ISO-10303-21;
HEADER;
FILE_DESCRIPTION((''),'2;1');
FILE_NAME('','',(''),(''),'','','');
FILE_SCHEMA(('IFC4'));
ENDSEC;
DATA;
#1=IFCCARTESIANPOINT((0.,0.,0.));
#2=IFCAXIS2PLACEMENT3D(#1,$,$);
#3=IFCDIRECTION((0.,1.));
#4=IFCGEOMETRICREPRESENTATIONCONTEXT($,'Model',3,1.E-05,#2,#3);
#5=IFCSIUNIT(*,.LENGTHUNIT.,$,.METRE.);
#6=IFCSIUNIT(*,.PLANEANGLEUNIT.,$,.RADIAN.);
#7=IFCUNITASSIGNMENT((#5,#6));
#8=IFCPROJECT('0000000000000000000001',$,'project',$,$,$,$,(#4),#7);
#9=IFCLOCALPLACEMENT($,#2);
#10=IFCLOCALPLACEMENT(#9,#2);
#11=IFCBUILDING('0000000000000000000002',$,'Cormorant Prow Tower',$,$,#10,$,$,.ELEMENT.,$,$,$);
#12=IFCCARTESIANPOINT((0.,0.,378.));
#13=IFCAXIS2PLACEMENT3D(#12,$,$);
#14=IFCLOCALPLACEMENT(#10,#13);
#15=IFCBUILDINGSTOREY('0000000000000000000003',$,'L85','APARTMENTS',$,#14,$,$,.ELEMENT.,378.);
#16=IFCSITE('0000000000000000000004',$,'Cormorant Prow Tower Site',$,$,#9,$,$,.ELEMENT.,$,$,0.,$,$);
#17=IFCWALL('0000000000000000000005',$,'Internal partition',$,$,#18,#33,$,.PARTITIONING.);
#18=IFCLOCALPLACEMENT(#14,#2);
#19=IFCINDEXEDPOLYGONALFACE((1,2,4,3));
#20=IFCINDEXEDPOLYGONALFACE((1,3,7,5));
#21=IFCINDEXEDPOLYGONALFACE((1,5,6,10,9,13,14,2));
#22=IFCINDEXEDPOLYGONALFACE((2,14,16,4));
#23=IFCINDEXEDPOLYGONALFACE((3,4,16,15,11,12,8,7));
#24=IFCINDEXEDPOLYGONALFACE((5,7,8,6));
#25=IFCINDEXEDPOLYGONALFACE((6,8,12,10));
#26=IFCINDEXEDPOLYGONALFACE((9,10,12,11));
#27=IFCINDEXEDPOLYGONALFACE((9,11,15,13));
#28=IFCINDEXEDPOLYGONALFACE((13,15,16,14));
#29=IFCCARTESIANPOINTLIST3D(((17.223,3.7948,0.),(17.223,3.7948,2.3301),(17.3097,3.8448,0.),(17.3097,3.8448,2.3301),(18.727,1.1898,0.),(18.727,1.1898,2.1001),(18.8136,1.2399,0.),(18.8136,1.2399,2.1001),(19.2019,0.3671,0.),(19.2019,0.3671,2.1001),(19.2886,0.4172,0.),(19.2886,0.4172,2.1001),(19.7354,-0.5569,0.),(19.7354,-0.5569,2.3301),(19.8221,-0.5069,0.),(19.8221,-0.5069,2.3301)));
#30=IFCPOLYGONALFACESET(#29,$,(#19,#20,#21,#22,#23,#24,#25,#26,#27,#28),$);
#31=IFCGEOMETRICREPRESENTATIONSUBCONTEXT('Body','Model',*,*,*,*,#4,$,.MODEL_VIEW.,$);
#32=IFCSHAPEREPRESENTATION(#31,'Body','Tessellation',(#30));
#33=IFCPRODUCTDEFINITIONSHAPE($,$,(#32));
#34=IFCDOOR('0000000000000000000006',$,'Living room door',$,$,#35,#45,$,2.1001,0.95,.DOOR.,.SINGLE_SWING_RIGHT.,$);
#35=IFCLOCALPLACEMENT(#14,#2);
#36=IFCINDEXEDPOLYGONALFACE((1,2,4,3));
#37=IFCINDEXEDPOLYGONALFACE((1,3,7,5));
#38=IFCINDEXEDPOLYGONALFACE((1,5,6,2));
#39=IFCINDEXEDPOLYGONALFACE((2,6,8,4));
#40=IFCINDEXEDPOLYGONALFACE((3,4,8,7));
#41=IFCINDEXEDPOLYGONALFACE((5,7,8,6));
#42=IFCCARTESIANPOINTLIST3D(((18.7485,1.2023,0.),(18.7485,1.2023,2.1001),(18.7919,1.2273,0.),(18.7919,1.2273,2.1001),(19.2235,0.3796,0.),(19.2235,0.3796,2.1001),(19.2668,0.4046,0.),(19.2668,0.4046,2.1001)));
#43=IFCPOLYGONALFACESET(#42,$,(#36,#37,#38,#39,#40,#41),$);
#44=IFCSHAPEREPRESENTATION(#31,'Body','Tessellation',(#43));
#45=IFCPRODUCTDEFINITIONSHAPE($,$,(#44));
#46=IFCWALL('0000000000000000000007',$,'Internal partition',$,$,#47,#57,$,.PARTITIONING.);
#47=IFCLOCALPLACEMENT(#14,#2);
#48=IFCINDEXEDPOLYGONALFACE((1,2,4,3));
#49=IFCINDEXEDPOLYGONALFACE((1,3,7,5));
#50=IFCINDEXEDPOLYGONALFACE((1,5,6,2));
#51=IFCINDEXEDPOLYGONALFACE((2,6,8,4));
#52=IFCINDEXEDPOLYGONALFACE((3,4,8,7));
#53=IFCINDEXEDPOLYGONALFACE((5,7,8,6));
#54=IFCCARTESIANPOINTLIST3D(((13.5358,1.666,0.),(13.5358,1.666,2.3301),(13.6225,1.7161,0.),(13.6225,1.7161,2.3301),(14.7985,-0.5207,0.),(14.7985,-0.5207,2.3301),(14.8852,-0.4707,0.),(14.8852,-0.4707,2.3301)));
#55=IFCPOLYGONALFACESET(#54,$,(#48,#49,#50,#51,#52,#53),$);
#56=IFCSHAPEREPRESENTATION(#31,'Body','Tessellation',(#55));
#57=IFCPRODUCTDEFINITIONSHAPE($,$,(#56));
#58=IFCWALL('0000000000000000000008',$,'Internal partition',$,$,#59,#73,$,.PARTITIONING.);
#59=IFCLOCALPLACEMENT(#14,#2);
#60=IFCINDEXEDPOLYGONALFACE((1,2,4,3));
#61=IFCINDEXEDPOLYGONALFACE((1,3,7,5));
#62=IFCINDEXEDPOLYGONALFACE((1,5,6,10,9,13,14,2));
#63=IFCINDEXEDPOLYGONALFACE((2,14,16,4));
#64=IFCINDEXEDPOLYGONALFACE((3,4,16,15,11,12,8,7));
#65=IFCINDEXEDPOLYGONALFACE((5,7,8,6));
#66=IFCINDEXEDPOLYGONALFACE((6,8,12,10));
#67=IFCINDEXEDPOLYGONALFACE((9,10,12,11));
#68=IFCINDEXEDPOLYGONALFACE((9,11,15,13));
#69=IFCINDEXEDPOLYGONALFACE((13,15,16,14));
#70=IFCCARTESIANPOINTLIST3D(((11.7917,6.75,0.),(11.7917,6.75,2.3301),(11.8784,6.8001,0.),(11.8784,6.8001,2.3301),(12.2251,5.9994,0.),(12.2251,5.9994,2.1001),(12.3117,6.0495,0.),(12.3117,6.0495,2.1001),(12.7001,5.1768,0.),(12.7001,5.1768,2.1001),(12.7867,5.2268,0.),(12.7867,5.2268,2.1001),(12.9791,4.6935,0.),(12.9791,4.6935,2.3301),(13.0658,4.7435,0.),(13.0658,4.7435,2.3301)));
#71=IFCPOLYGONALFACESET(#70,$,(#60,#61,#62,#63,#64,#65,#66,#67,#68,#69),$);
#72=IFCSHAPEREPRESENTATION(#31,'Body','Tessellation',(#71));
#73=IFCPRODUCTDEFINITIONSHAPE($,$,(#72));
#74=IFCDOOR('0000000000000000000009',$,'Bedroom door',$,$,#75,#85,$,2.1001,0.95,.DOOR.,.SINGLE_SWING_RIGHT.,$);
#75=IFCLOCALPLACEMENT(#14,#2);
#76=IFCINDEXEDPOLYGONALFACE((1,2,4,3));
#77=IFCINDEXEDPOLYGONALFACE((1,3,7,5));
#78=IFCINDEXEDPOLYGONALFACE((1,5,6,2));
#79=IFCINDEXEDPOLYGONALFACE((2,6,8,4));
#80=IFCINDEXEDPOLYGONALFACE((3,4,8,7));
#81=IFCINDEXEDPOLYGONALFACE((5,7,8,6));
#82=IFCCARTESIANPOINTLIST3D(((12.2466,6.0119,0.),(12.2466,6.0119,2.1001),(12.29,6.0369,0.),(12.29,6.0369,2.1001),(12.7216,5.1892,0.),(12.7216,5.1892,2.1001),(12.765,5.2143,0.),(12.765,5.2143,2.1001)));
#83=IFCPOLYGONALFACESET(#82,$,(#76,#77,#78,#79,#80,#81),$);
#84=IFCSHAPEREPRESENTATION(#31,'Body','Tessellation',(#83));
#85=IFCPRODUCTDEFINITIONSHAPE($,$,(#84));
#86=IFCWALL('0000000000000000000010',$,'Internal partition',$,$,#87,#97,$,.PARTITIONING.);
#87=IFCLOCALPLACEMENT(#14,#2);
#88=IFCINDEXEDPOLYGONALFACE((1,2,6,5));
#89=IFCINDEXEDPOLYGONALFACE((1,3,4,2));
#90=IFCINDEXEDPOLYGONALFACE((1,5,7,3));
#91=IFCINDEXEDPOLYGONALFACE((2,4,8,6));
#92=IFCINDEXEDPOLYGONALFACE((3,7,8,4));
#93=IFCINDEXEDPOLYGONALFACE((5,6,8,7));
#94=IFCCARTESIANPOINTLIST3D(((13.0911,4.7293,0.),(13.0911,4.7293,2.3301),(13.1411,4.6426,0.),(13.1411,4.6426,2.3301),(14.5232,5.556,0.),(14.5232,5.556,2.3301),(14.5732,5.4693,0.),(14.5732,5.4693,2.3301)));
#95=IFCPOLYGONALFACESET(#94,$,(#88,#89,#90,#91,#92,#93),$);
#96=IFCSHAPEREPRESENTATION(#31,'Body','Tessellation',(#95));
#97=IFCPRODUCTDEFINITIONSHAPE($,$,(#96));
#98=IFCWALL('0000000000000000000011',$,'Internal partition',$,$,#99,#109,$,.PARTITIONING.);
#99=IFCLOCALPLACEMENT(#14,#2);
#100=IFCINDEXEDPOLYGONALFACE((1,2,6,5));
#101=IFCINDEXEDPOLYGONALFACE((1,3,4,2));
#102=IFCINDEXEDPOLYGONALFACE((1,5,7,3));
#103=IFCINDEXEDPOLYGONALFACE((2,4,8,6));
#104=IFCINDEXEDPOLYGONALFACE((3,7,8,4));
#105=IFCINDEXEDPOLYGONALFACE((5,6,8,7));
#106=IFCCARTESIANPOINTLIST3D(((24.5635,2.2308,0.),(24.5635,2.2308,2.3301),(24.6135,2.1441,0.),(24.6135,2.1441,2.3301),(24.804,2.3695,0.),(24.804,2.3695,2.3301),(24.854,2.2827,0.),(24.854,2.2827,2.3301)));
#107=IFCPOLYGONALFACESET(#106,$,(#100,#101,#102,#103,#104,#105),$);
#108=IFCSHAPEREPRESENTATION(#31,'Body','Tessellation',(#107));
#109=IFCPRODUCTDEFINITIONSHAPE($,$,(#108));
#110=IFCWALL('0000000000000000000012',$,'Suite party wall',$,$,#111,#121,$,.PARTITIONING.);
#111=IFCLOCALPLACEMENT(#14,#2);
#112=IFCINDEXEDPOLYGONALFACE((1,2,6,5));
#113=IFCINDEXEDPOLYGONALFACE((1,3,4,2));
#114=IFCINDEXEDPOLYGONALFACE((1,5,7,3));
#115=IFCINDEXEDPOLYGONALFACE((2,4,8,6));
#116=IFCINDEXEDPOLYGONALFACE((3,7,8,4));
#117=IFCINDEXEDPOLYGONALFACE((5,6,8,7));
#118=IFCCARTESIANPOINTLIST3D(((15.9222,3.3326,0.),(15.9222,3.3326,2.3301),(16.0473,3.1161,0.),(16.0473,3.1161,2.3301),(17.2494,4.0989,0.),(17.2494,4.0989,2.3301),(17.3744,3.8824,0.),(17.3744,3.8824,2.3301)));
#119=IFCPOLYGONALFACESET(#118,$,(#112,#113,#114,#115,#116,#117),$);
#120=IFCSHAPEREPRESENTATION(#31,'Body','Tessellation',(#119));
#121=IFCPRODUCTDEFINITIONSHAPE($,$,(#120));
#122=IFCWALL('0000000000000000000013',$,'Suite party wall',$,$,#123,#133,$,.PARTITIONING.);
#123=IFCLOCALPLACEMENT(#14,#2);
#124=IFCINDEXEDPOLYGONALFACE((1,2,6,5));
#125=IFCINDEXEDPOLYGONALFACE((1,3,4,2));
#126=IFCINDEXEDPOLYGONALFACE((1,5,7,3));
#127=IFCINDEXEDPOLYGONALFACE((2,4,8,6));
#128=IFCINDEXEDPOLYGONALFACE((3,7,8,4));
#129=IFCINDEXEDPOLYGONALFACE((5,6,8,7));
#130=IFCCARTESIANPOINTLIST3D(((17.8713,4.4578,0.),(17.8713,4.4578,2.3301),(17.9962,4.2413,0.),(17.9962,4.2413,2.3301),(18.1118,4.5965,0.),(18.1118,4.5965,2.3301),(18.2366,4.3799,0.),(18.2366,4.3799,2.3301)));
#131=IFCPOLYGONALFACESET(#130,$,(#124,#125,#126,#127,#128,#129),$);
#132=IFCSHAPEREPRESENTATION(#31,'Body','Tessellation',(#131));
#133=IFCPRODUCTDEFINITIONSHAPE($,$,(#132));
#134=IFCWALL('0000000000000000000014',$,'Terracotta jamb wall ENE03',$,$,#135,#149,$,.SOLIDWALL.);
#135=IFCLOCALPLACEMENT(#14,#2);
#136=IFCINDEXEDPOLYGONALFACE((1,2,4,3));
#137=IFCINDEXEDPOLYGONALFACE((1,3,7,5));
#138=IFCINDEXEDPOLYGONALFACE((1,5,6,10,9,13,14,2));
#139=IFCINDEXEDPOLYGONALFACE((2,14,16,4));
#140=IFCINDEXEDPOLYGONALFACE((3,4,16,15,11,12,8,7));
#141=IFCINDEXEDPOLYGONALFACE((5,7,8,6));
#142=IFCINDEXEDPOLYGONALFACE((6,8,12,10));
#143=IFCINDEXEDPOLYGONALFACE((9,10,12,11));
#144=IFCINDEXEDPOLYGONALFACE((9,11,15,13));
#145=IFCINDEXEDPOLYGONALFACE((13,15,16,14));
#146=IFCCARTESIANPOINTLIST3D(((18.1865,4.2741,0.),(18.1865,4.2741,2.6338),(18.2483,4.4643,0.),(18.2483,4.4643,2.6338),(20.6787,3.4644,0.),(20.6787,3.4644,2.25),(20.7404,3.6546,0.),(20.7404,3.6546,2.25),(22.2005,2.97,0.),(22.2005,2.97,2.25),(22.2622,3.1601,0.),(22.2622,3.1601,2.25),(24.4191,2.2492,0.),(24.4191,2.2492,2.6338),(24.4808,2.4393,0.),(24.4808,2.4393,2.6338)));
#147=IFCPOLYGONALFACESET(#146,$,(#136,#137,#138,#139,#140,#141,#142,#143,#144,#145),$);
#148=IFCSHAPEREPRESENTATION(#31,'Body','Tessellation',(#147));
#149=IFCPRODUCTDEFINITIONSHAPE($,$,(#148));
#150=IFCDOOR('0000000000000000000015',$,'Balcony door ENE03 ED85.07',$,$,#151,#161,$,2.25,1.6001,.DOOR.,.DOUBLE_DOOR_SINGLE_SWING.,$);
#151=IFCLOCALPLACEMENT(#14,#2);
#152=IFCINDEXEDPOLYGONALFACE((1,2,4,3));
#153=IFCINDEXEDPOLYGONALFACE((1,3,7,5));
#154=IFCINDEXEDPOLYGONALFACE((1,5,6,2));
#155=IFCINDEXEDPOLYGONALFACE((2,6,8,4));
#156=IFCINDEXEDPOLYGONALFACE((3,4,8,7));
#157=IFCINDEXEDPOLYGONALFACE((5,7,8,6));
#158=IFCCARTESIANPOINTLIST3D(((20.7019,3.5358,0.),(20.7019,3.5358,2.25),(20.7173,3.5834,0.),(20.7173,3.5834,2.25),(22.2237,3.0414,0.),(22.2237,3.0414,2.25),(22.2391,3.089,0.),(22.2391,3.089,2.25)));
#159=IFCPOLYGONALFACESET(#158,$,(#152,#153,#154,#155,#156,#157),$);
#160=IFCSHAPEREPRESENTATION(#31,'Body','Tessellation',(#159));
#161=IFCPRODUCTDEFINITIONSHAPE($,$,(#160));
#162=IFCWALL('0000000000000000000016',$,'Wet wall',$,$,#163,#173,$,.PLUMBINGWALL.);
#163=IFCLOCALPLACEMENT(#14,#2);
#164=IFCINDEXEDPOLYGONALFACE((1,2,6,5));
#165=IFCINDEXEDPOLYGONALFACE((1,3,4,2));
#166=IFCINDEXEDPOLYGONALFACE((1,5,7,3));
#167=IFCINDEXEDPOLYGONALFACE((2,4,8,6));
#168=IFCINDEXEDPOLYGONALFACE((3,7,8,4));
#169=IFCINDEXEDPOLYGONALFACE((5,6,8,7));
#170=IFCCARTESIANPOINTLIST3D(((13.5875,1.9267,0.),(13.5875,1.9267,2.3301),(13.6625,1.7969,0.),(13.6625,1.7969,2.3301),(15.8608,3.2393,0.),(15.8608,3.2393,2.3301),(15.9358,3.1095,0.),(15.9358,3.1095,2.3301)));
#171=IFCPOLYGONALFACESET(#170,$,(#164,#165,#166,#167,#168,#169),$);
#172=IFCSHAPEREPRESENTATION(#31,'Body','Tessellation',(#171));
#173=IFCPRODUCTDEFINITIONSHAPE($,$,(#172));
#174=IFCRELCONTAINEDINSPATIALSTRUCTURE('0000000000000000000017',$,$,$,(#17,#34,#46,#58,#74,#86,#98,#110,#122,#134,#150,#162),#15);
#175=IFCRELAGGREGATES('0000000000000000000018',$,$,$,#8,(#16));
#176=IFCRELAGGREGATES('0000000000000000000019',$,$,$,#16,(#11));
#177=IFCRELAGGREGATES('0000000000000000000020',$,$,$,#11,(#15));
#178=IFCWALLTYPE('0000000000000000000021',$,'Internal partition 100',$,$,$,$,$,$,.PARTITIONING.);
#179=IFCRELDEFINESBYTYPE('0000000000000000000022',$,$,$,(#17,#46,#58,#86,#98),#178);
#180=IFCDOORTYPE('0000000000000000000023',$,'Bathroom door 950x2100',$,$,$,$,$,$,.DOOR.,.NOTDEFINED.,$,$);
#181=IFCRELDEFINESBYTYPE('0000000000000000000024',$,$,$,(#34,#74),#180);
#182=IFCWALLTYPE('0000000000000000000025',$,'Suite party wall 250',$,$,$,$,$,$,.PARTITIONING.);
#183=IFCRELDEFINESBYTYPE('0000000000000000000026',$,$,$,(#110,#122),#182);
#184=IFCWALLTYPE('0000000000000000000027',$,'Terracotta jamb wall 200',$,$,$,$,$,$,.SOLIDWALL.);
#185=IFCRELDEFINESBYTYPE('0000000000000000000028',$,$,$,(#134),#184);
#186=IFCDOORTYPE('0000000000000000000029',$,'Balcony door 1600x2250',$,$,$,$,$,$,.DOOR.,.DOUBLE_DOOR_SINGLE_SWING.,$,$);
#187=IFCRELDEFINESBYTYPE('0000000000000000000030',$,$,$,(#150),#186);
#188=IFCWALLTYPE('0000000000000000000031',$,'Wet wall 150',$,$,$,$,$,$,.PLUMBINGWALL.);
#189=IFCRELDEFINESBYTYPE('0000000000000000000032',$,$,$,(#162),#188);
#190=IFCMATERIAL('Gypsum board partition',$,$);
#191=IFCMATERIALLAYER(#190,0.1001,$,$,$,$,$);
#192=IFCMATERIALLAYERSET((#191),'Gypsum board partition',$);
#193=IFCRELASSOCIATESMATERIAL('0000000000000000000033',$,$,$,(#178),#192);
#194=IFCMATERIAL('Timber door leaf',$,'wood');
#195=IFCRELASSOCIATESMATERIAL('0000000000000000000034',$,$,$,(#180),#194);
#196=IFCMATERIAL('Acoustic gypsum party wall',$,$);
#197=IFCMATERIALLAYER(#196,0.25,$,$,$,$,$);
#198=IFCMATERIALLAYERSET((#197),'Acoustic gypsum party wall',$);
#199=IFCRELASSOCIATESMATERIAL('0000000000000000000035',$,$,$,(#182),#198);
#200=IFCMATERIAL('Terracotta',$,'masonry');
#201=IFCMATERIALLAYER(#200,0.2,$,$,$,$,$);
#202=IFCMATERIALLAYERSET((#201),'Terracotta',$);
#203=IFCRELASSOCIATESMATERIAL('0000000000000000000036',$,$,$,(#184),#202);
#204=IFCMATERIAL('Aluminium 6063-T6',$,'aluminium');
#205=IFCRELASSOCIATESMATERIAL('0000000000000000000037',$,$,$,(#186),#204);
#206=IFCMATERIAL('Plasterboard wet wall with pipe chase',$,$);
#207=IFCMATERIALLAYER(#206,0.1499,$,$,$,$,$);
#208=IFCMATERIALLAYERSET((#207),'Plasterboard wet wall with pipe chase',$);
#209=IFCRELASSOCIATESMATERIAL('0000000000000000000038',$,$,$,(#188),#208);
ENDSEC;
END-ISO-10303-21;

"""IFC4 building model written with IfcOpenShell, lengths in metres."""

from ifc_helpers import new_model, si_unit, direction, frame, frame_2d, origin, place, context, subcontext, project, spatial, rectangle, extrude, material, layer, layer_set, type_object, element, fill, save


model = new_model("IFC4")

# Units and contexts
model_context = context("Model", 3, precision=1e-05, world=origin(), true_north=direction((0.0, 1.0)))
body_context = subcontext(model_context, "Body", "Model", "MODEL_VIEW")
ifc_project = project(units=[si_unit("LENGTHUNIT", "METRE"), si_unit("PLANEANGLEUNIT", "RADIAN")], contexts=[model_context])

# Site, building, storey
site_placement = place(None, origin())
site = spatial("IfcSite", under=ifc_project, at=site_placement, Name="Cormorant Prow Tower Site", CompositionType="ELEMENT", RefElevation=0.0)
building_placement = place(site_placement, origin())
building = spatial("IfcBuilding", under=site, at=building_placement, Name="Cormorant Prow Tower", CompositionType="ELEMENT")
storey_placement = place(building_placement, frame((0.0, 0.0, 378.0)))
storey = spatial("IfcBuildingStorey", under=building, at=storey_placement, Name="L85", Description="APARTMENTS", CompositionType="ELEMENT", Elevation=378.0)

# Wall, opening, door
ifc_material_1 = material(Name="Gypsum board partition")
ifc_layer_1 = layer(ifc_material_1, 0.1001)
ifc_layer_set_1 = layer_set([ifc_layer_1], Name="Gypsum board partition")
wall_type_1 = type_object("IfcWallType", Name="Internal partition 100", PredefinedType="PARTITIONING", material=ifc_layer_set_1)
ifc_material_2 = material(Name="Timber door leaf", Category="wood")
door_type_1 = type_object("IfcDoorType", Name="Bathroom door 950x2100", OperationType="NOTDEFINED", PredefinedType="DOOR", material=ifc_material_2)
wall_1_placement = place(storey_placement, frame((17.2664, 3.8198, 0.0), z_axis=(0.0, 0.0, 1.0), x_axis=(0.49999, -0.866031, 0.0)))
wall_1 = element("IfcWall", 1, at=wall_1_placement, inside=storey, type_object=wall_type_1, Name="Internal partition", PredefinedType="PARTITIONING", context=body_context, shape_type="SweptSolid", body=[
    extrude(rectangle(XDim=5.0249, YDim=0.1001, at=frame_2d((2.5125, 0.0))), origin(), (0.0, 0.0, 1.0), 2.3301),
])
opening_1_placement = place(wall_1_placement, frame((3.0078, 0.0, 0.0)))
opening_1 = element("IfcOpeningElement", 2, at=opening_1_placement, cuts=wall_1, PredefinedType="OPENING", context=body_context, shape_type="SweptSolid", body=[
    extrude(rectangle(XDim=0.95, YDim=2.1001, at=frame_2d((0.4751, 1.05))), frame((0.0, 0.0601, 0.0), z_axis=(0.0, -1.0, 0.0), x_axis=(1.0, 0.0, 0.0)), (0.0, 0.0, 1.0), 0.1201),
])
door_1_placement = place(opening_1_placement, origin())
door_1 = element("IfcDoor", 3, at=door_1_placement, inside=storey, type_object=door_type_1, Name="Living room door", OperationType="SINGLE_SWING_RIGHT", OverallHeight=2.1001, OverallWidth=0.95, PredefinedType="DOOR", context=body_context, shape_type="SweptSolid", body=[
    extrude(rectangle(XDim=0.95, YDim=2.1001, at=frame_2d((0.4751, 1.05))), frame((0.0, 0.0249, 0.0), z_axis=(0.0, -1.0, 0.0), x_axis=(1.0, 0.0, 0.0)), (0.0, 0.0, 1.0), 0.05),
])
fill(opening_1, door_1)

# Wall
wall_2_placement = place(storey_placement, frame((13.5791, 1.6912, 0.0), z_axis=(0.0, 0.0, 1.0), x_axis=(0.500049, -0.865997, 0.0)))
element("IfcWall", 4, at=wall_2_placement, inside=storey, type_object=wall_type_1, Name="Internal partition", PredefinedType="PARTITIONING", context=body_context, shape_type="SweptSolid", body=[
    extrude(rectangle(XDim=2.5251, YDim=0.1001, at=frame_2d((1.2627, 0.0))), origin(), (0.0, 0.0, 1.0), 2.3301),
])

# Wall, opening, door
wall_3_placement = place(storey_placement, frame((11.835, 6.7751, 0.0), z_axis=(0.0, 0.0, 1.0), x_axis=(0.500031, -0.866008, 0.0)))
wall_3 = element("IfcWall", 5, at=wall_3_placement, inside=storey, type_object=wall_type_1, Name="Internal partition", PredefinedType="PARTITIONING", context=body_context, shape_type="SweptSolid", body=[
    extrude(rectangle(XDim=2.3748, YDim=0.1001, at=frame_2d((1.1875, 0.0))), origin(), (0.0, 0.0, 1.0), 2.3301),
])
opening_2_placement = place(wall_3_placement, frame((0.8667, 0.0, 0.0)))
opening_2 = element("IfcOpeningElement", 6, at=opening_2_placement, cuts=wall_3, PredefinedType="OPENING", context=body_context, shape_type="SweptSolid", body=[
    extrude(rectangle(XDim=0.95, YDim=2.1001, at=frame_2d((0.4751, 1.05))), frame((0.0, 0.0601, 0.0), z_axis=(0.0, -1.0, 0.0), x_axis=(1.0, 0.0, 0.0)), (0.0, 0.0, 1.0), 0.1201),
])
door_2_placement = place(opening_2_placement, origin())
door_2 = element("IfcDoor", 7, at=door_2_placement, inside=storey, type_object=door_type_1, Name="Bedroom door", OperationType="SINGLE_SWING_RIGHT", OverallHeight=2.1001, OverallWidth=0.95, PredefinedType="DOOR", context=body_context, shape_type="SweptSolid", body=[
    extrude(rectangle(XDim=0.95, YDim=2.1001, at=frame_2d((0.4751, 1.05))), frame((0.0, 0.0249, 0.0), z_axis=(0.0, -1.0, 0.0), x_axis=(1.0, 0.0, 0.0)), (0.0, 0.0, 1.0), 0.05),
])
fill(opening_2, door_2)

# Walls
wall_4_placement = place(storey_placement, frame((13.1162, 4.686, 0.0), z_axis=(0.0, 0.0, 1.0), x_axis=(0.866072, 0.499918, 0.0)))
element("IfcWall", 8, at=wall_4_placement, inside=storey, type_object=wall_type_1, Name="Internal partition", PredefinedType="PARTITIONING", context=body_context, shape_type="SweptSolid", body=[
    extrude(rectangle(XDim=1.6536, YDim=0.1001, at=frame_2d((0.8267, 0.0))), origin(), (0.0, 0.0, 1.0), 2.3301),
])
wall_5_placement = place(storey_placement, frame((24.5886, 2.1875, 0.0), z_axis=(0.0, 0.0, 1.0), x_axis=(0.866288, 0.499545, 0.0)))
element("IfcWall", 9, at=wall_5_placement, inside=storey, type_object=wall_type_1, Name="Internal partition", PredefinedType="PARTITIONING", context=body_context, shape_type="SweptSolid", body=[
    extrude(rectangle(XDim=0.2776, YDim=0.1001, at=frame_2d((0.1387, 0.0))), origin(), (0.0, 0.0, 1.0), 2.3301),
])
ifc_material_3 = material(Name="Acoustic gypsum party wall")
ifc_layer_2 = layer(ifc_material_3, 0.25)
ifc_layer_set_2 = layer_set([ifc_layer_2], Name="Acoustic gypsum party wall")
wall_type_2 = type_object("IfcWallType", Name="Suite party wall 250", PredefinedType="PARTITIONING", material=ifc_layer_set_2)
wall_6_placement = place(storey_placement, frame((15.9849, 3.2244, 0.0), z_axis=(0.0, 0.0, 1.0), x_axis=(0.865989, 0.500063, 0.0)))
element("IfcWall", 10, at=wall_6_placement, inside=storey, type_object=wall_type_2, Name="Suite party wall", PredefinedType="PARTITIONING", context=body_context, shape_type="SweptSolid", body=[
    extrude(rectangle(XDim=1.5325, YDim=0.25, at=frame_2d((0.7661, 0.0))), origin(), (0.0, 0.0, 1.0), 2.3301),
])
wall_7_placement = place(storey_placement, frame((17.9338, 4.3496, 0.0), z_axis=(0.0, 0.0, 1.0), x_axis=(0.866288, 0.499545, 0.0)))
element("IfcWall", 11, at=wall_7_placement, inside=storey, type_object=wall_type_2, Name="Suite party wall", PredefinedType="PARTITIONING", context=body_context, shape_type="SweptSolid", body=[
    extrude(rectangle(XDim=0.2776, YDim=0.25, at=frame_2d((0.1387, 0.0))), origin(), (0.0, 0.0, 1.0), 2.3301),
])

# Wall, opening, door
ifc_material_4 = material(Name="Terracotta", Category="masonry")
ifc_layer_3 = layer(ifc_material_4, 0.2)
ifc_layer_set_3 = layer_set([ifc_layer_3], Name="Terracotta")
wall_type_3 = type_object("IfcWallType", Name="Terracotta jamb wall 200", PredefinedType="SOLIDWALL", material=ifc_layer_set_3)
wall_8_placement = place(storey_placement, frame((24.45, 2.3442, 0.0), z_axis=(0.0, 0.0, 1.0), x_axis=(-0.951063, 0.308998, 0.0)))
wall_8 = element("IfcWall", 12, at=wall_8_placement, inside=storey, type_object=wall_type_3, Name="Terracotta jamb wall ENE03", PredefinedType="SOLIDWALL", context=body_context, shape_type="SweptSolid", body=[
    extrude(rectangle(XDim=6.5532, YDim=0.2, at=frame_2d((3.2766, 0.0))), origin(), (0.0, 0.0, 1.0), 2.6338),
])
opening_3_placement = place(wall_8_placement, frame((2.3328, 0.0, 0.0)))
opening_3 = element("IfcOpeningElement", 13, at=opening_3_placement, cuts=wall_8, PredefinedType="OPENING", context=body_context, shape_type="SweptSolid", body=[
    extrude(rectangle(XDim=1.6001, YDim=2.25, at=frame_2d((0.8, 1.125))), frame((0.0, 0.1099, 0.0), z_axis=(0.0, -1.0, 0.0), x_axis=(1.0, 0.0, 0.0)), (0.0, 0.0, 1.0), 0.22),
])
ifc_material_5 = material(Name="Aluminium 6063-T6", Category="aluminium")
door_type_2 = type_object("IfcDoorType", Name="Balcony door 1600x2250", OperationType="DOUBLE_DOOR_SINGLE_SWING", PredefinedType="DOOR", material=ifc_material_5)
door_3_placement = place(opening_3_placement, origin())
door_3 = element("IfcDoor", 14, at=door_3_placement, inside=storey, type_object=door_type_2, Name="Balcony door ENE03 ED85.07", OperationType="DOUBLE_DOOR_SINGLE_SWING", OverallHeight=2.25, OverallWidth=1.6001, PredefinedType="DOOR", context=body_context, shape_type="SweptSolid", body=[
    extrude(rectangle(XDim=1.6001, YDim=2.25, at=frame_2d((0.8, 1.125))), frame((0.0, 0.0249, 0.0), z_axis=(0.0, -1.0, 0.0), x_axis=(1.0, 0.0, 0.0)), (0.0, 0.0, 1.0), 0.05),
])
fill(opening_3, door_3)

# Wall
ifc_material_6 = material(Name="Plasterboard wet wall with pipe chase")
ifc_layer_4 = layer(ifc_material_6, 0.1499)
ifc_layer_set_4 = layer_set([ifc_layer_4], Name="Plasterboard wet wall with pipe chase")
wall_type_4 = type_object("IfcWallType", Name="Wet wall 150", PredefinedType="PLUMBINGWALL", material=ifc_layer_set_4)
wall_9_placement = place(storey_placement, frame((13.625, 1.8618, 0.0), z_axis=(0.0, 0.0, 1.0), x_axis=(0.866014, 0.50002, 0.0)))
element("IfcWall", 15, at=wall_9_placement, inside=storey, type_object=wall_type_4, Name="Wet wall", PredefinedType="PLUMBINGWALL", context=body_context, shape_type="SweptSolid", body=[
    extrude(rectangle(XDim=2.625, YDim=0.1499, at=frame_2d((1.3125, 0.0))), origin(), (0.0, 0.0, 1.0), 2.3301),
])

save(model, "model.ifc")
